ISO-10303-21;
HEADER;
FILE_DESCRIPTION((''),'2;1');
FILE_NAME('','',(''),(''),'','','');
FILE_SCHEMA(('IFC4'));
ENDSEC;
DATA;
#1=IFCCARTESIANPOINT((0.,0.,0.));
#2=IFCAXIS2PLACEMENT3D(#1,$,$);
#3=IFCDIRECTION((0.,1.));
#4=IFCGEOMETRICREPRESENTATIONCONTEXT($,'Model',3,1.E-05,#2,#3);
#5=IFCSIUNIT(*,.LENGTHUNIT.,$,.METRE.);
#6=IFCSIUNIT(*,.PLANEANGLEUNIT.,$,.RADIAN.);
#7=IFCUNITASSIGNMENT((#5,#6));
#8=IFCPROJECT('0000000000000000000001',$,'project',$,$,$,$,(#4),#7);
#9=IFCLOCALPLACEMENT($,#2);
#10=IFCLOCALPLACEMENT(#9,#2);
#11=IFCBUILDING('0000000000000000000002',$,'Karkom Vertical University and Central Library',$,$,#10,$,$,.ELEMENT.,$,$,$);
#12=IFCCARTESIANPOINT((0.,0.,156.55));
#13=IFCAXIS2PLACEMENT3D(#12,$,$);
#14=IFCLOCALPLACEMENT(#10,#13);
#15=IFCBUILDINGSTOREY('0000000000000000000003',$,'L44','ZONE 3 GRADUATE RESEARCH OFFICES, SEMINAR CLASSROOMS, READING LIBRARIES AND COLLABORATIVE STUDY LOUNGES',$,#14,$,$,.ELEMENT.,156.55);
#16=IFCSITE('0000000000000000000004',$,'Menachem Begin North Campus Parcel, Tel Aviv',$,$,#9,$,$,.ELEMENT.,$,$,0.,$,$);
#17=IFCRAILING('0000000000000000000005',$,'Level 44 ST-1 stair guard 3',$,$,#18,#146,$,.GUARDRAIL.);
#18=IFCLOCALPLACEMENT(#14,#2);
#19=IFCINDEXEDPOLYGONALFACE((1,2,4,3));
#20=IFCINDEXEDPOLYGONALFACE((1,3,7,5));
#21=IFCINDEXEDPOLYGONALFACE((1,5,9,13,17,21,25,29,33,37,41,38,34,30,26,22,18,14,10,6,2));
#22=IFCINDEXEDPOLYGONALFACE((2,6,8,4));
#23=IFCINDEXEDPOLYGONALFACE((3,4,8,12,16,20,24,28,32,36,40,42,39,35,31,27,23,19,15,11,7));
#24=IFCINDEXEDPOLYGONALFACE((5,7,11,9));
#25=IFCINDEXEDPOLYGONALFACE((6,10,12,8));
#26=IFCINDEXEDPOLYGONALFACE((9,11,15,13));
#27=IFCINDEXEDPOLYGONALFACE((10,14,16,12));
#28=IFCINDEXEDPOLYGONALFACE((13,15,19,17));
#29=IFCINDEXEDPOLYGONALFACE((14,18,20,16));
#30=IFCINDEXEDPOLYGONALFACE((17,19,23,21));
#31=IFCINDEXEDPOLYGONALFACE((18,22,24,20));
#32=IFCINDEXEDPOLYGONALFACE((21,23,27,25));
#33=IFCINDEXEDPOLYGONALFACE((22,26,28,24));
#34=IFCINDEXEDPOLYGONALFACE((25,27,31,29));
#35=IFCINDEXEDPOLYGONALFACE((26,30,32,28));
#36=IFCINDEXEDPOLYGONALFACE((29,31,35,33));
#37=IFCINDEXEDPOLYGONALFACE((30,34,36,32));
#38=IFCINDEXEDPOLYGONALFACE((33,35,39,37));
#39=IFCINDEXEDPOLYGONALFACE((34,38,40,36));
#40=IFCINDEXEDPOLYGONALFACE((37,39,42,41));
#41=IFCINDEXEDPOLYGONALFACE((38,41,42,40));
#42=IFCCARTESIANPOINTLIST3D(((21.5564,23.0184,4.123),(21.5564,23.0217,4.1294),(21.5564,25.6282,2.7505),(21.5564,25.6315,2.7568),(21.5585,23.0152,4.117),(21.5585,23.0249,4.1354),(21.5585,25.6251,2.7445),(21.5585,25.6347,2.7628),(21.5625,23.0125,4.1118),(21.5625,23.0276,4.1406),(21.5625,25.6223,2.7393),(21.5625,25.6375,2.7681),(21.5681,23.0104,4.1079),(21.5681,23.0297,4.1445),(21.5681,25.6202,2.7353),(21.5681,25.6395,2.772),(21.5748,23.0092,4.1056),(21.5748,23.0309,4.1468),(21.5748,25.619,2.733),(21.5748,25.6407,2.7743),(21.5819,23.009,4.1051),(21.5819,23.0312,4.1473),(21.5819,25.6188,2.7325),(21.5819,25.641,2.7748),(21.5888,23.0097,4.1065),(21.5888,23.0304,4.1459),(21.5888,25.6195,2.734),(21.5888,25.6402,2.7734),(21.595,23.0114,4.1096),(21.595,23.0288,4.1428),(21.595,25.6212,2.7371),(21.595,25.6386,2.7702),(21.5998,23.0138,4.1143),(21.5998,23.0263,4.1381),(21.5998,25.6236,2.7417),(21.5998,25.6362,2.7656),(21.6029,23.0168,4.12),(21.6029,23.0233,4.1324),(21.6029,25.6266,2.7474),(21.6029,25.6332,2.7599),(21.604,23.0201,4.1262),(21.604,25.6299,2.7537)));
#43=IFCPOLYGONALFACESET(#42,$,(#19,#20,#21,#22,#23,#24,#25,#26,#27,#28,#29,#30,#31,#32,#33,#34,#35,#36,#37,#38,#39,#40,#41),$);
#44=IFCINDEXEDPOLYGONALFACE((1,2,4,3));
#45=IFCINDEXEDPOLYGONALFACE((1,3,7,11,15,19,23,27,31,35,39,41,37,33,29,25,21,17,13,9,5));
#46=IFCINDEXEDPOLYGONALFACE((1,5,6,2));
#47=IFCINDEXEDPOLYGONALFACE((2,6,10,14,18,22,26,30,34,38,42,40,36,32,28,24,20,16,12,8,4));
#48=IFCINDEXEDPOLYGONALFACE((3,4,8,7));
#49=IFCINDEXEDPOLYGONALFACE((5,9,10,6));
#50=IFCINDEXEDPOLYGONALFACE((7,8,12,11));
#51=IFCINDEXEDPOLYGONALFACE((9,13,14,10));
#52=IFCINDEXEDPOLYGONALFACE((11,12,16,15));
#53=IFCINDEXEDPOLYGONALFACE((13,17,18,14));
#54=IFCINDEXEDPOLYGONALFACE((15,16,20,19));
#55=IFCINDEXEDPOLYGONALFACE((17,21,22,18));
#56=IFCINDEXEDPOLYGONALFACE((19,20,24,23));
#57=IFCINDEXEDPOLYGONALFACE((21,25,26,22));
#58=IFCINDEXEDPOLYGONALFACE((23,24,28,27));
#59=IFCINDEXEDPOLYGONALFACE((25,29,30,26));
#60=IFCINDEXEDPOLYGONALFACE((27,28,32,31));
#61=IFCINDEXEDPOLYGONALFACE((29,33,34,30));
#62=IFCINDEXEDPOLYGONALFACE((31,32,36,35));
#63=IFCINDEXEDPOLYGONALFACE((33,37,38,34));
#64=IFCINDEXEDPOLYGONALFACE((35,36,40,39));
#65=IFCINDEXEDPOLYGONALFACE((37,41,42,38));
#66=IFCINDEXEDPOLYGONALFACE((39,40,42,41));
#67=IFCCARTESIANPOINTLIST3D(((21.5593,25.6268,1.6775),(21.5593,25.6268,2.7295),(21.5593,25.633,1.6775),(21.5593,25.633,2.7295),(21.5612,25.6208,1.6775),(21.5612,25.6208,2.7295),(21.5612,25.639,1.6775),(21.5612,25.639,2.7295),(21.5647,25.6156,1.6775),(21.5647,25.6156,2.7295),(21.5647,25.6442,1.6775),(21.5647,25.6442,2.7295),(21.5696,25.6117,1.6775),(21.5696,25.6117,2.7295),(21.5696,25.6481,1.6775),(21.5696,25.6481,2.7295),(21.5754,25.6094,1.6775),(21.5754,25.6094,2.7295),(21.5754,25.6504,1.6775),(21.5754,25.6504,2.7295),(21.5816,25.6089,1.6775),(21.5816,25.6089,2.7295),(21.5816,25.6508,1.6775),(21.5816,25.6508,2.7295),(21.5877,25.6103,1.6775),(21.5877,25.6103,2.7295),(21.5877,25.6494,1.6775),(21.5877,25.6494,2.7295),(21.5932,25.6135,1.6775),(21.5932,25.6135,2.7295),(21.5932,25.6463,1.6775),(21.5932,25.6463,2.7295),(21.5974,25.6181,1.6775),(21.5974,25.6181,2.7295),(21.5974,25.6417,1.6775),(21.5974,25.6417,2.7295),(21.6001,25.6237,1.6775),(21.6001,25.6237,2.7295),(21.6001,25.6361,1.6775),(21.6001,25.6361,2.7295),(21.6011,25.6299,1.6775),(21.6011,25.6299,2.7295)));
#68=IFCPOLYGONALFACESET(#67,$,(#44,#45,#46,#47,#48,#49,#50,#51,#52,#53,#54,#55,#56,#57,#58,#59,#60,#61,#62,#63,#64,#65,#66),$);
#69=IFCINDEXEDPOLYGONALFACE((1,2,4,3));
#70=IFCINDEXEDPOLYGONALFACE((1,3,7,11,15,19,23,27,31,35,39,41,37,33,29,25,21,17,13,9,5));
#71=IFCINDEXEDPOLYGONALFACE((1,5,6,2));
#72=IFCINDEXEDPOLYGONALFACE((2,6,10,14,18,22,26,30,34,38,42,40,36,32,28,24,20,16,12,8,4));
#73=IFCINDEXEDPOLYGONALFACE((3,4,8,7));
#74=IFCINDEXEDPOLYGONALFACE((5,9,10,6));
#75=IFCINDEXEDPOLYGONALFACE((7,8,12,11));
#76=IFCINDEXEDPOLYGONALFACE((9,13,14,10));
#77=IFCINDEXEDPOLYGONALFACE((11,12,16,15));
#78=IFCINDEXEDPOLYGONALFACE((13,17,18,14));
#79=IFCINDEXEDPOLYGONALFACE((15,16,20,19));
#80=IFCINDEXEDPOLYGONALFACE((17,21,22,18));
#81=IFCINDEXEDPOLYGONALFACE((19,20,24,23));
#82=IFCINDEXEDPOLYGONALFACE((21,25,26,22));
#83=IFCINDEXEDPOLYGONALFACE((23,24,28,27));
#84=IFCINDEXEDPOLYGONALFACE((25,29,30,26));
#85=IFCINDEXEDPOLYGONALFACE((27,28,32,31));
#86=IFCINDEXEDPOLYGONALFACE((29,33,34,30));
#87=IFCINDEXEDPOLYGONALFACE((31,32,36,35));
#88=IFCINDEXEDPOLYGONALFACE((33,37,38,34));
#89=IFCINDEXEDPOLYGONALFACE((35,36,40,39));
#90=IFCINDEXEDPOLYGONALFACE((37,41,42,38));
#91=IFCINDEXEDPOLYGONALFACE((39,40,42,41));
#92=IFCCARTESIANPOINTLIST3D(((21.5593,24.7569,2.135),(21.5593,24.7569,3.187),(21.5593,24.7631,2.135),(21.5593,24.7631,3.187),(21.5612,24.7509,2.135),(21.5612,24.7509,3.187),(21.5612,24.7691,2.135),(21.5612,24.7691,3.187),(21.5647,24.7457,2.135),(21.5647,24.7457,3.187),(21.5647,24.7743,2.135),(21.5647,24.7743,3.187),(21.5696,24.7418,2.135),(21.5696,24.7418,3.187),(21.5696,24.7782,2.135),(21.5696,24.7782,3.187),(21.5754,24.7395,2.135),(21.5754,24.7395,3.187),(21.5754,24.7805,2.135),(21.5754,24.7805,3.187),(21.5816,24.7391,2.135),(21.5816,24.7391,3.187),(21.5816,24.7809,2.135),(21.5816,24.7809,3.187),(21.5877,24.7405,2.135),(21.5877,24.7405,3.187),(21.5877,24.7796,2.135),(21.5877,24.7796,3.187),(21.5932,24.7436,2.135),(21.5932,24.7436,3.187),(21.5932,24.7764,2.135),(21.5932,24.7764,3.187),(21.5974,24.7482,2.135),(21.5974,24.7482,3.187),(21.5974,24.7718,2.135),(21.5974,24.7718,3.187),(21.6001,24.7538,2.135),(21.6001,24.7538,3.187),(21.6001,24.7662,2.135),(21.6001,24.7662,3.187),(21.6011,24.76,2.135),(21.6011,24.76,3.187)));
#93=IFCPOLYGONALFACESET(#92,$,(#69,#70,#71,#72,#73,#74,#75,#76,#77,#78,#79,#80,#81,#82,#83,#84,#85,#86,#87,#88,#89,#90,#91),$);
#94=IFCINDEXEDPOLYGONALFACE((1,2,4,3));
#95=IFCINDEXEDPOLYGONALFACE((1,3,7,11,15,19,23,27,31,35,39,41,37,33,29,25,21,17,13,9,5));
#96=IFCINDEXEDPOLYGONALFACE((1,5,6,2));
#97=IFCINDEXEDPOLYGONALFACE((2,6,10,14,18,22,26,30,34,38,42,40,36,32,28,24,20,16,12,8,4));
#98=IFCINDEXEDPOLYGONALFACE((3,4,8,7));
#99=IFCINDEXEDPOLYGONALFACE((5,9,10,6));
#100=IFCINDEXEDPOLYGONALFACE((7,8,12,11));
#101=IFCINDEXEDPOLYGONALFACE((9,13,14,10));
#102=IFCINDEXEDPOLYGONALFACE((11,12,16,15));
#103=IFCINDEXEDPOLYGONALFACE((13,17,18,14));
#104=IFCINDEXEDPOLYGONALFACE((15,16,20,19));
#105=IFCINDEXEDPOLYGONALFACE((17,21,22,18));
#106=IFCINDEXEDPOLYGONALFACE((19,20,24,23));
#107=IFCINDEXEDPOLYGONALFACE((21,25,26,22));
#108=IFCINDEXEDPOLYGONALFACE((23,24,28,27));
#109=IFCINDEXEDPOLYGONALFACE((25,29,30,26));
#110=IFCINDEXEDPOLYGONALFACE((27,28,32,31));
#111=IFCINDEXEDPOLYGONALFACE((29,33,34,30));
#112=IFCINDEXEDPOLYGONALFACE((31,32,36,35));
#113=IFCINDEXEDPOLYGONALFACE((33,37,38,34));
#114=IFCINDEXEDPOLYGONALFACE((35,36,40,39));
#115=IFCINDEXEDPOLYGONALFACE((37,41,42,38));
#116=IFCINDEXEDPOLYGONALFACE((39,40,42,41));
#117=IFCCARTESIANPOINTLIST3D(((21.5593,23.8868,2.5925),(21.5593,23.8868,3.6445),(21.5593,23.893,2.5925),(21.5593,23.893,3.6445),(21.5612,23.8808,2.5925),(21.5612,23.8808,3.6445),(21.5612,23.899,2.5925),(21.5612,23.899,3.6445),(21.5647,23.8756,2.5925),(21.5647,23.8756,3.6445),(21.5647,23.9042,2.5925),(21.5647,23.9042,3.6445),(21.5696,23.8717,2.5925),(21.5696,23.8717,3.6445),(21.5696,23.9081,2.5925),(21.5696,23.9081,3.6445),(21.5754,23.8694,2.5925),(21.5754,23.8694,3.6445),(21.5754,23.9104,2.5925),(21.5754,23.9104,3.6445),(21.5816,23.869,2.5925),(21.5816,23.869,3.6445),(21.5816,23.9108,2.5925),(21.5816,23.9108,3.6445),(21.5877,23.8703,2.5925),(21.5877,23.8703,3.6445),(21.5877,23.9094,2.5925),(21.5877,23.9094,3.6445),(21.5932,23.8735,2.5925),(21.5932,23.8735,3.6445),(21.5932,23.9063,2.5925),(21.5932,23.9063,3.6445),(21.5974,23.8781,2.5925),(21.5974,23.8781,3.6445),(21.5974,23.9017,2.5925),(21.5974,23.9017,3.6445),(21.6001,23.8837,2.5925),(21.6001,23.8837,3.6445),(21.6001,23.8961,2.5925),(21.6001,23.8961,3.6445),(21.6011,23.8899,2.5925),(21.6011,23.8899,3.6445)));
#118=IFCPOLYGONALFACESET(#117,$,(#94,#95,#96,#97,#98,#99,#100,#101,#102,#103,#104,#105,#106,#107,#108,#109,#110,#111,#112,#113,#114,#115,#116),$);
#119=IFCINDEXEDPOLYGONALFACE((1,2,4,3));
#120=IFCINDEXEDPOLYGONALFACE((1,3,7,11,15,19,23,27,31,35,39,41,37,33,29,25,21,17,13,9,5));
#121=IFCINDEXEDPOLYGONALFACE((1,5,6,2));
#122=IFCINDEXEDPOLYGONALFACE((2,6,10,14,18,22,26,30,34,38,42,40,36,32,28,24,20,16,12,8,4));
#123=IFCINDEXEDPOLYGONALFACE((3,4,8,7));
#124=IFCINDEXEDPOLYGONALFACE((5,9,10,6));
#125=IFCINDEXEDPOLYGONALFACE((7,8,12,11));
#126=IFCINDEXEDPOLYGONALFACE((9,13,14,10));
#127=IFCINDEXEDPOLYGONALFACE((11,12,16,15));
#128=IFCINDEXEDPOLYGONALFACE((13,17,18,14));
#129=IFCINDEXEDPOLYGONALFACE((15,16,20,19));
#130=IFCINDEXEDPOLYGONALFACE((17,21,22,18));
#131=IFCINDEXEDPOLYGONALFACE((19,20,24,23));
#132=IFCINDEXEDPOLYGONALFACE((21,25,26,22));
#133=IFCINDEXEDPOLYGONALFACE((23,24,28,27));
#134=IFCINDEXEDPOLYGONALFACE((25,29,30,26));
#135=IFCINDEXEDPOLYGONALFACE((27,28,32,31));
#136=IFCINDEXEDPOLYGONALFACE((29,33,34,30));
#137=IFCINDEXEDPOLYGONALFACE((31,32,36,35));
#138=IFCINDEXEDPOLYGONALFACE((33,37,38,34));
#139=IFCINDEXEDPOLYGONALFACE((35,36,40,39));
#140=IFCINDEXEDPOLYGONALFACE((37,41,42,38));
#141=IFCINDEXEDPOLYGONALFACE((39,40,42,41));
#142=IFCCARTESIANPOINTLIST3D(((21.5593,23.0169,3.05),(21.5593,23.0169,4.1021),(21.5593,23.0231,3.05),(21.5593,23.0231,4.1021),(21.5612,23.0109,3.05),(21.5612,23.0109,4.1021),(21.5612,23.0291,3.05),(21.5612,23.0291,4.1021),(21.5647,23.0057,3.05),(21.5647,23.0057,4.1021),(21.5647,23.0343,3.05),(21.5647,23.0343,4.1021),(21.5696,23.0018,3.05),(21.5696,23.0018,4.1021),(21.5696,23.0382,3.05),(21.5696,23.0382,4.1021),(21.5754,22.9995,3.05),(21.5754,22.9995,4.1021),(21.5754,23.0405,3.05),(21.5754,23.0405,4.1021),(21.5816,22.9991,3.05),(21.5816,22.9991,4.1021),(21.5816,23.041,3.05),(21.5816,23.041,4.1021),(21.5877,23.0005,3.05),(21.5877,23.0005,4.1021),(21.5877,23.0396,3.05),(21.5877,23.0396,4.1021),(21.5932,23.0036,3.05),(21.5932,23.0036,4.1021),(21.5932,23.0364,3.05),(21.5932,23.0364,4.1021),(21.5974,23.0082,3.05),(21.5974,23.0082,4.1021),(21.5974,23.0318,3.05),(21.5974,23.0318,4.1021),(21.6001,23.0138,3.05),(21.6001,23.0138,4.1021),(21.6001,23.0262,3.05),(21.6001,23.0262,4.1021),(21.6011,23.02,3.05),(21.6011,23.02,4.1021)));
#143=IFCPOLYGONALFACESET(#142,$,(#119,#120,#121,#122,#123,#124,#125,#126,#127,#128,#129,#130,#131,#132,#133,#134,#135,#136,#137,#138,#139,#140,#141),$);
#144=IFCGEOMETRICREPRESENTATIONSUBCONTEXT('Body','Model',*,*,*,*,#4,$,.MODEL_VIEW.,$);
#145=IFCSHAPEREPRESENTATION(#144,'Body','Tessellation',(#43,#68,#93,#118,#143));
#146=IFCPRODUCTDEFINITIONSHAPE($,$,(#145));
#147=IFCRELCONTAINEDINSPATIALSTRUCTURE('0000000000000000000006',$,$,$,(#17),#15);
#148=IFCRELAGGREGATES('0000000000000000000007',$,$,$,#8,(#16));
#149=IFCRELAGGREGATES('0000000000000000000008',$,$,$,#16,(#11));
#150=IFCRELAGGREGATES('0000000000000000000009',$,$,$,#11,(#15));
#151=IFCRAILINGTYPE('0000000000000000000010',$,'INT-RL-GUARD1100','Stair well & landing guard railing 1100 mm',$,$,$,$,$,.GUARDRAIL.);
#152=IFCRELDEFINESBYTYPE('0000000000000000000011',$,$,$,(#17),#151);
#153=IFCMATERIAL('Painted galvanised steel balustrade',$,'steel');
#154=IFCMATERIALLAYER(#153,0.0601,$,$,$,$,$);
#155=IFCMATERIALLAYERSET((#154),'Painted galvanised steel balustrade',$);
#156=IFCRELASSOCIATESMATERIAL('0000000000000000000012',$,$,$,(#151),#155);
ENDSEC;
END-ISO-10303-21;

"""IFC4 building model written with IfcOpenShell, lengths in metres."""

from ifc_helpers import new_model, si_unit, direction, frame, origin, origin_2d, place, context, subcontext, project, spatial, circle, extrude, material, layer, layer_set, type_object, element, save


model = new_model("IFC4")

# Units and contexts
model_context = context("Model", 3, precision=1e-05, world=origin(), true_north=direction((0.0, 1.0)))
body_context = subcontext(model_context, "Body", "Model", "MODEL_VIEW")
ifc_project = project(units=[si_unit("LENGTHUNIT", "METRE"), si_unit("PLANEANGLEUNIT", "RADIAN")], contexts=[model_context])

# Site, building, storey
site_placement = place(None, origin())
site = spatial("IfcSite", under=ifc_project, at=site_placement, Name="Menachem Begin North Campus Parcel, Tel Aviv", CompositionType="ELEMENT", RefElevation=0.0)
building_placement = place(site_placement, origin())
building = spatial("IfcBuilding", under=site, at=building_placement, Name="Karkom Vertical University and Central Library", CompositionType="ELEMENT")
storey_placement = place(building_placement, frame((0.0, 0.0, 156.55)))
storey = spatial("IfcBuildingStorey", under=building, at=storey_placement, Name="L44", Description="ZONE 3 GRADUATE RESEARCH OFFICES, SEMINAR CLASSROOMS, READING LIBRARIES AND COLLABORATIVE STUDY LOUNGES", CompositionType="ELEMENT", Elevation=156.55)

# Railing
ifc_material_1 = material(Name="Painted galvanised steel balustrade", Category="steel")
ifc_layer_1 = layer(ifc_material_1, 0.0601)
ifc_layer_set_1 = layer_set([ifc_layer_1], Name="Painted galvanised steel balustrade")
railing_type_1 = type_object("IfcRailingType", Name="INT-RL-GUARD1100", Description="Stair well & landing guard railing 1100 mm", PredefinedType="GUARDRAIL", material=ifc_layer_set_1)
railing_1_placement = place(storey_placement, frame((21.5801, 25.6299, 1.6775)))
element("IfcRailing", 1, at=railing_1_placement, inside=storey, type_object=railing_type_1, Name="Level 44 ST-1 stair guard 3", PredefinedType="GUARDRAIL", context=body_context, shape_type="SweptSolid", body=[
    extrude(circle(Radius=0.0239, at=origin_2d()), frame((0.0, 0.0, 1.0762), z_axis=(0.0, -0.885065, 0.465467), x_axis=(1.0, 0.0, 0.0)), (0.0, 0.0, 1.0), 2.9487),
    extrude(circle(Radius=0.021, at=origin_2d()), origin(), (0.0, 0.0, 1.0), 1.052),
    extrude(circle(Radius=0.021, at=origin_2d()), frame((0.0, -0.8699, 0.4575)), (0.0, 0.0, 1.0), 1.052),
    extrude(circle(Radius=0.021, at=origin_2d()), frame((0.0, -1.74, 0.915)), (0.0, 0.0, 1.0), 1.052),
    extrude(circle(Radius=0.021, at=origin_2d()), frame((0.0, -2.6099, 1.3726)), (0.0, 0.0, 1.0), 1.052),
])

save(model, "model.ifc")
